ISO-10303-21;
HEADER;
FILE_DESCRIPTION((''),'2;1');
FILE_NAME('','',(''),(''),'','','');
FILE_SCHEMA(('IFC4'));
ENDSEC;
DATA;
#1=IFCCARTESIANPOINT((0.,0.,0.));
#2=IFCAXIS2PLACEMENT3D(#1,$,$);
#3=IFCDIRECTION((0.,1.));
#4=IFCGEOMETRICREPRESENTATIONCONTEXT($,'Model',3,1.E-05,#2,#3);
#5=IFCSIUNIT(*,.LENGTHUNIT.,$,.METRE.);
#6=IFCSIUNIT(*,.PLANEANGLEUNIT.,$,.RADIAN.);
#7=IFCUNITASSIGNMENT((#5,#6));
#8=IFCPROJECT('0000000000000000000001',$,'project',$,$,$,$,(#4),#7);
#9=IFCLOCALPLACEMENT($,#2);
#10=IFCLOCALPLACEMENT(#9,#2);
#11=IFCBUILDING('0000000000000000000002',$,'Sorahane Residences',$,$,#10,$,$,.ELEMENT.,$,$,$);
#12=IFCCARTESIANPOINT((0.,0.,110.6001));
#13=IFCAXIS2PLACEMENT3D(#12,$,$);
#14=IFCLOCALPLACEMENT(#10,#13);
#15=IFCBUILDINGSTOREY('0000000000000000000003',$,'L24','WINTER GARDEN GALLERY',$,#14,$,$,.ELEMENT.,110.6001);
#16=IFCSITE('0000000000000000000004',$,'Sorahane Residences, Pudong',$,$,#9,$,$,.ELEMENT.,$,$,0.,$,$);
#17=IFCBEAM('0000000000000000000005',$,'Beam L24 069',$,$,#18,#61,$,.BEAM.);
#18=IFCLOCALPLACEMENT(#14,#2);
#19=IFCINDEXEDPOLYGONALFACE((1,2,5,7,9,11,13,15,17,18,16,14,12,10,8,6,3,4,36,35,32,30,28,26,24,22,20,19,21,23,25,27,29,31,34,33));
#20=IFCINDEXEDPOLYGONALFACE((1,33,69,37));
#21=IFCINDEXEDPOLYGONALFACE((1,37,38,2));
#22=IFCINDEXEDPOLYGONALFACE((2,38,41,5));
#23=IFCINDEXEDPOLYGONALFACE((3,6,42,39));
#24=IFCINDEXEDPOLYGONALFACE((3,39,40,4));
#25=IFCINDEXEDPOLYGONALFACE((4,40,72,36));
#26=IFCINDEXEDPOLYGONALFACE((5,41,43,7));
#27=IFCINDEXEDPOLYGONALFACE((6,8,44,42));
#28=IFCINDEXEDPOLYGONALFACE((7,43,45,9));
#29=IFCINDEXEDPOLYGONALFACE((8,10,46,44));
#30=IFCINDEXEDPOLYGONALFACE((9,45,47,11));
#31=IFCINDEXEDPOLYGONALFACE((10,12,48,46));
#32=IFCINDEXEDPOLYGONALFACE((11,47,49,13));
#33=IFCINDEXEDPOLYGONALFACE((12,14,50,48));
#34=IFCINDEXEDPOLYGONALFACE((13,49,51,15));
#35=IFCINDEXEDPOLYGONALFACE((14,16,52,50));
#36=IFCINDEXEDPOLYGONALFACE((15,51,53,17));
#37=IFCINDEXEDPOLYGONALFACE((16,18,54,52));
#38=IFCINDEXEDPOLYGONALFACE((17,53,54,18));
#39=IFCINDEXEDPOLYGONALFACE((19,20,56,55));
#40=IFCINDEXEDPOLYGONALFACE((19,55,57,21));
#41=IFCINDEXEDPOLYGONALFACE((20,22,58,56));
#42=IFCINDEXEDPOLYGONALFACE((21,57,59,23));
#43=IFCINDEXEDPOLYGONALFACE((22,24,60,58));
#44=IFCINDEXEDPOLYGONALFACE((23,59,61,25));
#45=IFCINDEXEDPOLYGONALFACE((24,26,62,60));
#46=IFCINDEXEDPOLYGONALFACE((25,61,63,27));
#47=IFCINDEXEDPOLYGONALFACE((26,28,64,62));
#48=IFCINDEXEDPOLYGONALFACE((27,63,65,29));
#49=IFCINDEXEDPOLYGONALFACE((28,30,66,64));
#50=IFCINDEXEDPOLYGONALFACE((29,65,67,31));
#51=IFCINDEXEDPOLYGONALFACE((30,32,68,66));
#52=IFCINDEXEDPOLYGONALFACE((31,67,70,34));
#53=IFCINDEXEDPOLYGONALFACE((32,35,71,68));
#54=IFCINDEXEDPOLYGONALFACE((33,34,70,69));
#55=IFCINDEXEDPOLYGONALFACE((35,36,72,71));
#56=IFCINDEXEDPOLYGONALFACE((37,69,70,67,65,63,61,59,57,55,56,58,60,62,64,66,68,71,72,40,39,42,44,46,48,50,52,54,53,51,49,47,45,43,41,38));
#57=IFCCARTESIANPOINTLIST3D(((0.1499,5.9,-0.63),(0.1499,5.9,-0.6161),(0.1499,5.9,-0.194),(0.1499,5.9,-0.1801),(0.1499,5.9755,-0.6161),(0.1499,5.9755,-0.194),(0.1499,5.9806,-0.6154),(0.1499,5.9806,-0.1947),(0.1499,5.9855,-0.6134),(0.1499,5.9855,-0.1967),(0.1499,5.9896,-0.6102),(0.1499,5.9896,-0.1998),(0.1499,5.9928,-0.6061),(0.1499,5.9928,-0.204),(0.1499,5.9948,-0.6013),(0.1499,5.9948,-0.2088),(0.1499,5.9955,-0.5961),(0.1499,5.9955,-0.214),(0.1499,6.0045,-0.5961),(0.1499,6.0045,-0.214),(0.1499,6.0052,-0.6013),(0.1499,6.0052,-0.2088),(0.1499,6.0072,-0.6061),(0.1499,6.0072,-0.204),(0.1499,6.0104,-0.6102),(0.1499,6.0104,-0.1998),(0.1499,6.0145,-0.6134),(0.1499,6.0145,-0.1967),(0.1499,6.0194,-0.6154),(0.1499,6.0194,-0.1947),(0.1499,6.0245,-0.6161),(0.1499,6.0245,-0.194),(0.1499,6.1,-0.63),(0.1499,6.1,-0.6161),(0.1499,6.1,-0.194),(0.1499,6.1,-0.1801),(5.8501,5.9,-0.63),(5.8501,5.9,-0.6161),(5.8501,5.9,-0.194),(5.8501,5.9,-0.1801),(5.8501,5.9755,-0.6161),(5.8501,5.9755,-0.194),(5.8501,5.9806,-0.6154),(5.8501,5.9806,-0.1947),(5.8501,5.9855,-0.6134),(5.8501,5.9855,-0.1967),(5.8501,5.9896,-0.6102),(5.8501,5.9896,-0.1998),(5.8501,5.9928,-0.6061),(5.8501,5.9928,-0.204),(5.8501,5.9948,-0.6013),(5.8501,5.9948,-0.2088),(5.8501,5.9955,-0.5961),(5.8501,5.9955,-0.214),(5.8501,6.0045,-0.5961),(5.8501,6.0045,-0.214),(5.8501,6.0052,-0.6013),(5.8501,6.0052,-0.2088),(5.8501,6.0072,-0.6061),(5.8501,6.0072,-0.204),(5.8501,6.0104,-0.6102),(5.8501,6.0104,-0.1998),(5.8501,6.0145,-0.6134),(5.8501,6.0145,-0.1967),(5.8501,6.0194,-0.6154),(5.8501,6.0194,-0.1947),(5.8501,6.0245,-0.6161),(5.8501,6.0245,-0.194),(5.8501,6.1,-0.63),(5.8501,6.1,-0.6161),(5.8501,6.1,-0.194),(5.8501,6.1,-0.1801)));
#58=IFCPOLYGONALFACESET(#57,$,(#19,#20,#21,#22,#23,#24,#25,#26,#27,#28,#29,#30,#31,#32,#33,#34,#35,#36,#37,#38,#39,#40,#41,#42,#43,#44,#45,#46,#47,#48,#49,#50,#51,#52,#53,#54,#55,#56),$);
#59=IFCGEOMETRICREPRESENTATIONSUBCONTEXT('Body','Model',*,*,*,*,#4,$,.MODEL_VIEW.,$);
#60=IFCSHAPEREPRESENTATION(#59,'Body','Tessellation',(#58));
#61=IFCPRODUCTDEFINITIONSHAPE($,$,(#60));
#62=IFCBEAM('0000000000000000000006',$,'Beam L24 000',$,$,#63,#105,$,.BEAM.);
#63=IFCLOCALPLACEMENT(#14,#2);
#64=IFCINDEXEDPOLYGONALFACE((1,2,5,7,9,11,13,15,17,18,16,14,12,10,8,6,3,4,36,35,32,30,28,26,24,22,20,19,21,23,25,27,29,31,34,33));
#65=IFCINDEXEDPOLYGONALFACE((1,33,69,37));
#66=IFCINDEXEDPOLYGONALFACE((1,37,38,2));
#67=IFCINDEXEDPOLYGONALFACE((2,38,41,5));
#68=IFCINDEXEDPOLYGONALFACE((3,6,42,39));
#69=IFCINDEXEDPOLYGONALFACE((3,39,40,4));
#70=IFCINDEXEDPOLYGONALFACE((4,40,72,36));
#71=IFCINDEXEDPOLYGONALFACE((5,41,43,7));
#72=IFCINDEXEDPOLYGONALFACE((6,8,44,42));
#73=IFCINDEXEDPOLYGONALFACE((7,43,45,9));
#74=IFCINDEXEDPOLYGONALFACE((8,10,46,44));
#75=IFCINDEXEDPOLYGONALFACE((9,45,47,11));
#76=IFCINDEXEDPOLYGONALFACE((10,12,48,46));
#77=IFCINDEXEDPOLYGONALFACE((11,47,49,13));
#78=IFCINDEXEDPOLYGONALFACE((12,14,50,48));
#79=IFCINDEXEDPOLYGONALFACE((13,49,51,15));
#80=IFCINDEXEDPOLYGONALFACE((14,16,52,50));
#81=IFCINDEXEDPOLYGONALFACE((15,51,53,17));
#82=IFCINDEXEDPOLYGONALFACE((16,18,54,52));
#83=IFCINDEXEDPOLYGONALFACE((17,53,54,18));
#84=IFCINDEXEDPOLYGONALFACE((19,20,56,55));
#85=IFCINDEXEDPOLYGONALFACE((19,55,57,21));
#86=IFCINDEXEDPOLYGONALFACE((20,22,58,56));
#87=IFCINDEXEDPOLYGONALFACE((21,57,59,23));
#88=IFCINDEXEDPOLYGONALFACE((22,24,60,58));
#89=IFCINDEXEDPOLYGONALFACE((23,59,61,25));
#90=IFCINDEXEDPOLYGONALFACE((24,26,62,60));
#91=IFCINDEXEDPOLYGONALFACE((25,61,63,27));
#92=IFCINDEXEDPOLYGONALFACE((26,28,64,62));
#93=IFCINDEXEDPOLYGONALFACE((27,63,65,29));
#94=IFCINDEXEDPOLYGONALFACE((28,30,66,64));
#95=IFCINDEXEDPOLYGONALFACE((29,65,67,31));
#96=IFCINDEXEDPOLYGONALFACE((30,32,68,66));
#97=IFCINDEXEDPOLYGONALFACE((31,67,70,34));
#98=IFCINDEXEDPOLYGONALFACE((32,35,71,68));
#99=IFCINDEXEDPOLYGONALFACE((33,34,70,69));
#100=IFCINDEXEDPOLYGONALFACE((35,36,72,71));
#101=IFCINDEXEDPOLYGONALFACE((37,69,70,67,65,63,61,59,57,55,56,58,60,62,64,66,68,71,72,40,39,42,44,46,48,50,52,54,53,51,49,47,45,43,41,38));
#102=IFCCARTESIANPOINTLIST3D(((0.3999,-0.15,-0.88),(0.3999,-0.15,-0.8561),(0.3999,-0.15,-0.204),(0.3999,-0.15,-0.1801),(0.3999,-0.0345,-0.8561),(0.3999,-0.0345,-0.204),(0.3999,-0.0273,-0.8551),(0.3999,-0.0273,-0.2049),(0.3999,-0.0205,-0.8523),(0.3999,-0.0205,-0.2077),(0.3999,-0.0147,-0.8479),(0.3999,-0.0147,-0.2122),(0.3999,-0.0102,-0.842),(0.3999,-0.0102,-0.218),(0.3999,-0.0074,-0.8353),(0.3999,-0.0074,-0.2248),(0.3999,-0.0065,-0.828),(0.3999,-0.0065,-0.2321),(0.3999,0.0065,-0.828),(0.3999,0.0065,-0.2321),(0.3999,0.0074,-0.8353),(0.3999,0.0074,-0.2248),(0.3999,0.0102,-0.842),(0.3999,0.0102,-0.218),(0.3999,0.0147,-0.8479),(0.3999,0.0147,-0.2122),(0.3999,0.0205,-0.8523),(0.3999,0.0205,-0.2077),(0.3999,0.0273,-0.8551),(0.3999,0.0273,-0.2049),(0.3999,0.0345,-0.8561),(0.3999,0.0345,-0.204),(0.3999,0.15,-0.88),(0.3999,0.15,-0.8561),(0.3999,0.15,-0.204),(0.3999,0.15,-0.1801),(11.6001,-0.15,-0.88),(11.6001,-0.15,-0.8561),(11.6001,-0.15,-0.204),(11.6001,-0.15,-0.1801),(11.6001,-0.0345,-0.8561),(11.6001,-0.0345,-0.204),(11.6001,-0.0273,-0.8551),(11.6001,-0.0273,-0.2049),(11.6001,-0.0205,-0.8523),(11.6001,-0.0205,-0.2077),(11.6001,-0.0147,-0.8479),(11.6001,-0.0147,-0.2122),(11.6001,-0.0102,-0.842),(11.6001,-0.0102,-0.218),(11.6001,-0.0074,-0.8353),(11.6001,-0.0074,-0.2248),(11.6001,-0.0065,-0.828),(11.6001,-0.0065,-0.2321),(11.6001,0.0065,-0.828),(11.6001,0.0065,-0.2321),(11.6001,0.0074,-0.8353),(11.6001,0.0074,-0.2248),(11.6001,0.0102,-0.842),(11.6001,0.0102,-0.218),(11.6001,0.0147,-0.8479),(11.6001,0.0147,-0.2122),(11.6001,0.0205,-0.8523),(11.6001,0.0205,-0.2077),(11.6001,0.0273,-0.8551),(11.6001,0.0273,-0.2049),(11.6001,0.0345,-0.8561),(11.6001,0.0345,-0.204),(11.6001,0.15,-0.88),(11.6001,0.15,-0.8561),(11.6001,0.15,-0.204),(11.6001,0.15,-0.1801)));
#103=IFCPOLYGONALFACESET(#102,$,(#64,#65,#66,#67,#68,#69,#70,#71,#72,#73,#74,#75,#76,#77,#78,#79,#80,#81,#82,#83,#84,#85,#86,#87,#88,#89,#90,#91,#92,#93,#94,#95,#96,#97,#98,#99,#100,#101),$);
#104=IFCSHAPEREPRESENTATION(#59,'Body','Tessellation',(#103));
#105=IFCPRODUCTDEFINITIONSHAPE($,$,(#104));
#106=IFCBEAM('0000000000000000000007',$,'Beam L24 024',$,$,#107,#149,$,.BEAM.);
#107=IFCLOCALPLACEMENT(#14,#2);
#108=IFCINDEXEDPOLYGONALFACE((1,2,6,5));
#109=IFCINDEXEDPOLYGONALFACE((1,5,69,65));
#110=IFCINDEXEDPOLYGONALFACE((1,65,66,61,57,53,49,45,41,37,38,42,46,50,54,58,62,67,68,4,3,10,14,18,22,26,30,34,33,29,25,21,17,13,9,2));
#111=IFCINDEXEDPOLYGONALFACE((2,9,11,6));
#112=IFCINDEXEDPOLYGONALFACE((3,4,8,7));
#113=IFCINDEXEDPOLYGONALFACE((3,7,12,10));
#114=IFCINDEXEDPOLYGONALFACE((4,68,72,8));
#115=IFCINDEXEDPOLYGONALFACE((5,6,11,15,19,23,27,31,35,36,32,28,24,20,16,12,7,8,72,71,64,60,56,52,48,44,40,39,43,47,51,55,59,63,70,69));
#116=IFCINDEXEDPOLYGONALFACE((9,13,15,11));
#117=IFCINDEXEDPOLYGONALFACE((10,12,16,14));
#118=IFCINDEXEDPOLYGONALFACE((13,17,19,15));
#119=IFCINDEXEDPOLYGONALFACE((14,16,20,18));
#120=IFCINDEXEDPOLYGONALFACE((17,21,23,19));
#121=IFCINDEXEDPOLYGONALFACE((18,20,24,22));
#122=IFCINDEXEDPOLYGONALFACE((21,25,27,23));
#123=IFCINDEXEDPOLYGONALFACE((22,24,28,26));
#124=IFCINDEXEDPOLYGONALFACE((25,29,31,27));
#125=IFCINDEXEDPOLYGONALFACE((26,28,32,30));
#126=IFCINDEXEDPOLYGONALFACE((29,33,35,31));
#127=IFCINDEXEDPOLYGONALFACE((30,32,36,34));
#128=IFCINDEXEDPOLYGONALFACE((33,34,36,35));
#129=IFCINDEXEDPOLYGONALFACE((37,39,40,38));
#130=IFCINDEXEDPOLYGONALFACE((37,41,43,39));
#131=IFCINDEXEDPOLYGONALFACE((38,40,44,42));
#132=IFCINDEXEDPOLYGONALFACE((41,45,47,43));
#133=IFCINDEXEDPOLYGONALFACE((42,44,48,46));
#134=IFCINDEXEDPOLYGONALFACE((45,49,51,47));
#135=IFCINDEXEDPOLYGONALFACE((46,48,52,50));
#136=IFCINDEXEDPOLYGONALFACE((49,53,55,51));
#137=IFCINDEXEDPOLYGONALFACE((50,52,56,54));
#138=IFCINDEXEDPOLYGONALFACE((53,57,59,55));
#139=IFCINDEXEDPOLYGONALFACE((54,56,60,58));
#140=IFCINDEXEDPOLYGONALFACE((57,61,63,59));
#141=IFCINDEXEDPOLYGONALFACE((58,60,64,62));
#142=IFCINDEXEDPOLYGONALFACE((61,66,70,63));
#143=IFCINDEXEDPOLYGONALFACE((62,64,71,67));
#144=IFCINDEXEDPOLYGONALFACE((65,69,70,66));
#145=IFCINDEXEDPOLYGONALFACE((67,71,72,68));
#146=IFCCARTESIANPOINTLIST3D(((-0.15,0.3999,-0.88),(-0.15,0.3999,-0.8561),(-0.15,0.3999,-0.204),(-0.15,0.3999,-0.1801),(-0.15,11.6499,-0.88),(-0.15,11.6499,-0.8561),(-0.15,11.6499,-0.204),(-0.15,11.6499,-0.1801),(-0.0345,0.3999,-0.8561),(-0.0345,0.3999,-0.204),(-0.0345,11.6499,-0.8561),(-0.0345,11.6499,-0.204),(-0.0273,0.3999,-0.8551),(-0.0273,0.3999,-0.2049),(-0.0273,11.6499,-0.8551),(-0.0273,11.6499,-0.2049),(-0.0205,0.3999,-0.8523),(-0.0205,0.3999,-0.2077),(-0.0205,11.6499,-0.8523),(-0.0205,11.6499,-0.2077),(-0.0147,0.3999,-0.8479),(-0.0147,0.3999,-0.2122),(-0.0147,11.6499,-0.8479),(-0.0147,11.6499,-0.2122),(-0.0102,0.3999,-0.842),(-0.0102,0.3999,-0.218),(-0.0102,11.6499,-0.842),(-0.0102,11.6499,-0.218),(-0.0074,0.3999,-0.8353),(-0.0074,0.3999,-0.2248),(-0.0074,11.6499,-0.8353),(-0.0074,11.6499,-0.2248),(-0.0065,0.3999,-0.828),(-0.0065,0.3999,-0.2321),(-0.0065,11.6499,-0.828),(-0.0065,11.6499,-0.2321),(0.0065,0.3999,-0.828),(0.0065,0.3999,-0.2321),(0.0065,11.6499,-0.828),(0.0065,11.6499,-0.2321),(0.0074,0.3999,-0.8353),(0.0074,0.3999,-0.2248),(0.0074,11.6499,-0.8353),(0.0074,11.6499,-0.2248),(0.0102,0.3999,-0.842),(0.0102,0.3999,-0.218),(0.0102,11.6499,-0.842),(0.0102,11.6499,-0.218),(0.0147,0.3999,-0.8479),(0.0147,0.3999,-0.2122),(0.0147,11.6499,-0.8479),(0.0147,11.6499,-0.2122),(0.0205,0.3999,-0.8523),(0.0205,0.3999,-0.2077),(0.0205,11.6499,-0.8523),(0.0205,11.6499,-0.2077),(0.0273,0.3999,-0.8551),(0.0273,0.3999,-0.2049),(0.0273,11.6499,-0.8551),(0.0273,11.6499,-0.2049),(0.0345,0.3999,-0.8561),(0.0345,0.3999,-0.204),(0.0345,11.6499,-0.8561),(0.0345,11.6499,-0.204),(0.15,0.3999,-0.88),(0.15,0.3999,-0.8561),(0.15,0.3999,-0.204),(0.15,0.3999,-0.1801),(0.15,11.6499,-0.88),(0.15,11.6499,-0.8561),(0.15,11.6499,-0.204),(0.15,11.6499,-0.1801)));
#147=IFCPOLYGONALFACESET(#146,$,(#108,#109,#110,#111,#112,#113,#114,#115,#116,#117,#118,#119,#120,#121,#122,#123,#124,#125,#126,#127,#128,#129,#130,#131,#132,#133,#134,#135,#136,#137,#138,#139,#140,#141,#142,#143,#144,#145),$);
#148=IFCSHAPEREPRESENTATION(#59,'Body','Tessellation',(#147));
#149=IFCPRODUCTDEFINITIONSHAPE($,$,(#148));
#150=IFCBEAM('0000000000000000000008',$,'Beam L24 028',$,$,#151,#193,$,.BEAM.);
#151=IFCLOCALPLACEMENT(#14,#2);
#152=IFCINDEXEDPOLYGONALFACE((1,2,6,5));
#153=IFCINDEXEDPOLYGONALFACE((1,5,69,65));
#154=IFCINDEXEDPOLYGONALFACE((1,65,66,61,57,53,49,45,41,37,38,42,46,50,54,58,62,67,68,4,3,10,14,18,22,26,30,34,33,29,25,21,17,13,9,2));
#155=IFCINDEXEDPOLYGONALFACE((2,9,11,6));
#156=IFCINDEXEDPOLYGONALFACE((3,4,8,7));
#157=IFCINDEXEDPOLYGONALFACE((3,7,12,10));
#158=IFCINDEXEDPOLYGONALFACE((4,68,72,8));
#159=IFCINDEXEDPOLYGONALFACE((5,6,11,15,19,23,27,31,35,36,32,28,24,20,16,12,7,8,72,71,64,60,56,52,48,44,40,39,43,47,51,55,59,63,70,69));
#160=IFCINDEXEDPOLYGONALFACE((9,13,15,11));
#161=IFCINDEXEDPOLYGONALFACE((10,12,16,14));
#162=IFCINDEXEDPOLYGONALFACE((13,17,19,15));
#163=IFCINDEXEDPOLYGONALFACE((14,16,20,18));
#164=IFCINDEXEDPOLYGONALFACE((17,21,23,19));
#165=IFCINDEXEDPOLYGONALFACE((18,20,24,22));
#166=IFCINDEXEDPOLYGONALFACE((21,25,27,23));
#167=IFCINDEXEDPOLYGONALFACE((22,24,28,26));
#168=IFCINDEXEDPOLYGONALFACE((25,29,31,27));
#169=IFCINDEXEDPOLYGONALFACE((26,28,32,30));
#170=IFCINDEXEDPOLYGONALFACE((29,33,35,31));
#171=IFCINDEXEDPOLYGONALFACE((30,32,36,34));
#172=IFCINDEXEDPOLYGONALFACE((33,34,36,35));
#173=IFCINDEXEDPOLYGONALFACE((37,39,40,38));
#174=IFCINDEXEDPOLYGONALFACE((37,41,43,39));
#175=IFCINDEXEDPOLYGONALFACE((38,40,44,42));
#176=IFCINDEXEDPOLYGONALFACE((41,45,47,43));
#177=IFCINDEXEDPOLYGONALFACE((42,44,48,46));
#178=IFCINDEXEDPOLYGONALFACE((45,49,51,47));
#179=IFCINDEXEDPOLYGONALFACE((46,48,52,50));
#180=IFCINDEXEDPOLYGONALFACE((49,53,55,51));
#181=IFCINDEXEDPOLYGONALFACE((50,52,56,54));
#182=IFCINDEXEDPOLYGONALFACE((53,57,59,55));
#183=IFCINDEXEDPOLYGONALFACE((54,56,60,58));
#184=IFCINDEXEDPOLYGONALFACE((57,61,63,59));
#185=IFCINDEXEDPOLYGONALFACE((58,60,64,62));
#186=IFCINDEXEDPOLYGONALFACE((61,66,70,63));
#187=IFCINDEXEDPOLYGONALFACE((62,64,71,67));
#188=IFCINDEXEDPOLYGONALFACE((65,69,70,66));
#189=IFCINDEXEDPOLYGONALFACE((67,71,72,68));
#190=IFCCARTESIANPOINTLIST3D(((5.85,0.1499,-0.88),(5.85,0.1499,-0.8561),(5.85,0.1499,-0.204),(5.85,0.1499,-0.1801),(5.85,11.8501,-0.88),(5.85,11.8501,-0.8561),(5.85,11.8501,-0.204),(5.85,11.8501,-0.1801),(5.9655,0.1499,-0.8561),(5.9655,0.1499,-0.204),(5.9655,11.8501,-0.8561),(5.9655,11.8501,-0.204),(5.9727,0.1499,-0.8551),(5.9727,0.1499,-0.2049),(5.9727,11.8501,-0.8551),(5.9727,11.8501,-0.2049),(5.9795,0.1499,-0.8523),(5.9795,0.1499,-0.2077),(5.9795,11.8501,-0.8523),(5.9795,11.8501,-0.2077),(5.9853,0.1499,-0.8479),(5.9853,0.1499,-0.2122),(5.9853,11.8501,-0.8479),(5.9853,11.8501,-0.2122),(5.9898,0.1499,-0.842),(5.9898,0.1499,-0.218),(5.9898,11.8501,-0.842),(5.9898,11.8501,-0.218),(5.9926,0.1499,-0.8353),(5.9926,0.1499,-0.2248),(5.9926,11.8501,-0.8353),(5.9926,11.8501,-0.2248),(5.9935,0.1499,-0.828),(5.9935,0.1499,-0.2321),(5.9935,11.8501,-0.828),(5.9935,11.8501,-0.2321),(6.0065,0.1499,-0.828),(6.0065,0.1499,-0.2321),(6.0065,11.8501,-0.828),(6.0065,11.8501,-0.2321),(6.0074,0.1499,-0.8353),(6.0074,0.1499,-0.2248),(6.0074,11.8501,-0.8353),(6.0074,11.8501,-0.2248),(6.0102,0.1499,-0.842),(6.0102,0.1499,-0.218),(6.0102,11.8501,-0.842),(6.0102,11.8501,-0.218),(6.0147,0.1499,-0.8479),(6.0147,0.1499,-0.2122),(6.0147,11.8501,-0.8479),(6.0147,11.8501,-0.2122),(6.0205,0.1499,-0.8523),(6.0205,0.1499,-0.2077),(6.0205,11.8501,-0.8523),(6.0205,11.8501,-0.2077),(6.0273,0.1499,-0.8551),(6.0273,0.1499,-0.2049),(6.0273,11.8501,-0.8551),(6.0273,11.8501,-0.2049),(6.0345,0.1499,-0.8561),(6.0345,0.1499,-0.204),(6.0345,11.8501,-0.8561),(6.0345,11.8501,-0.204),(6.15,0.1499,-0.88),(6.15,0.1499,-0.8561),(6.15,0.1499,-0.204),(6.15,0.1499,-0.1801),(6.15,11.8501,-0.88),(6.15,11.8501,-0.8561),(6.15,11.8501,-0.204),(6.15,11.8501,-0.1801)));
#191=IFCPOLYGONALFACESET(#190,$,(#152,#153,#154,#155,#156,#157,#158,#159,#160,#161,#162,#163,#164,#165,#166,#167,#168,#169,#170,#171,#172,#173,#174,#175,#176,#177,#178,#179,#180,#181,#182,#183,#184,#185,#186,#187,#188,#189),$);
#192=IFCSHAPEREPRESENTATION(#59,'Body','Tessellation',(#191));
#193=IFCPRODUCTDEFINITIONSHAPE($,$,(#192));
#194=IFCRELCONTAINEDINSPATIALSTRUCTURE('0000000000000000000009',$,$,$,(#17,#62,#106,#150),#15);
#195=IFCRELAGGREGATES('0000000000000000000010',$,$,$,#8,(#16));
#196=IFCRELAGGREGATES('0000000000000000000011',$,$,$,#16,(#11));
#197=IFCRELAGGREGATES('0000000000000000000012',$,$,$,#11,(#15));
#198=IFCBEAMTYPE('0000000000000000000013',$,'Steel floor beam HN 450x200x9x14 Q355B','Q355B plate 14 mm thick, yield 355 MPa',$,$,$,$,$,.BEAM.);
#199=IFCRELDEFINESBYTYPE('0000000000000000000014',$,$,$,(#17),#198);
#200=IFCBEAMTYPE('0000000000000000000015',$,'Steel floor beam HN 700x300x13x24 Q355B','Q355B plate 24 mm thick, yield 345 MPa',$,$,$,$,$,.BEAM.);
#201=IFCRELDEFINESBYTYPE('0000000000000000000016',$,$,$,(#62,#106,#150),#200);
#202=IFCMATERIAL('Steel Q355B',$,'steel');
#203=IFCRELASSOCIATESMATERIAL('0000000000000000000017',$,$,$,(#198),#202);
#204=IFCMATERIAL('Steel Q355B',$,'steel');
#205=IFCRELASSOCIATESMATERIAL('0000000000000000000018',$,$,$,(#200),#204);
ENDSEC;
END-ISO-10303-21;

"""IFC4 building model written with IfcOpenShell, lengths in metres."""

from ifc_helpers import new_model, si_unit, direction, frame, origin, origin_2d, place, context, subcontext, project, spatial, i_section, extrude, material, material_profile, profile_set, type_object, element, save


model = new_model("IFC4")

# Units and contexts
model_context = context("Model", 3, precision=1e-05, world=origin(), true_north=direction((0.0, 1.0)))
body_context = subcontext(model_context, "Body", "Model", "MODEL_VIEW")
ifc_project = project(units=[si_unit("LENGTHUNIT", "METRE"), si_unit("PLANEANGLEUNIT", "RADIAN")], contexts=[model_context])

# Site, building, storey
site_placement = place(None, origin())
site = spatial("IfcSite", under=ifc_project, at=site_placement, Name="Sorahane Residences, Pudong", CompositionType="ELEMENT", RefElevation=0.0)
building_placement = place(site_placement, origin())
building = spatial("IfcBuilding", under=site, at=building_placement, Name="Sorahane Residences", CompositionType="ELEMENT")
storey_placement = place(building_placement, frame((0.0, 0.0, 110.6001)))
storey = spatial("IfcBuildingStorey", under=building, at=storey_placement, Name="L24", Description="WINTER GARDEN GALLERY", CompositionType="ELEMENT", Elevation=110.6001)

# Beams
ifc_material_1 = material(Name="Steel Q355B", Category="steel")
ifc_material_profile_1 = material_profile(ifc_material_1, i_section(OverallWidth=0.2, OverallDepth=0.45, WebThickness=0.009, FlangeThickness=0.0139, FilletRadius=0.02, at=origin_2d()), Name="HN 450x200x9x14")
ifc_profile_set_1 = profile_set([ifc_material_profile_1], Name="Steel Q355B")
beam_type_1 = type_object("IfcBeamType", Name="Steel floor beam HN 450x200x9x14 Q355B", Description="Q355B plate 14 mm thick, yield 355 MPa", PredefinedType="BEAM", material=ifc_profile_set_1)
beam_1_placement = place(storey_placement, frame((0.1499, 6.0, -0.405), z_axis=(1.0, 0.0, 0.0), x_axis=(0.0, 1.0, 0.0)))
element("IfcBeam", 1, at=beam_1_placement, inside=storey, type_object=beam_type_1, Name="Beam L24 069", PredefinedType="BEAM", context=body_context, shape_type="SweptSolid", body=[
    extrude(i_section(OverallWidth=0.2, OverallDepth=0.45, WebThickness=0.009, FlangeThickness=0.0139, FilletRadius=0.02, at=origin_2d()), origin(), (0.0, 0.0, 1.0), 5.7002),
])
ifc_material_2 = material(Name="Steel Q355B", Category="steel")
ifc_material_profile_2 = material_profile(ifc_material_2, i_section(OverallWidth=0.3, OverallDepth=0.7, WebThickness=0.0129, FlangeThickness=0.0239, FilletRadius=0.0281, at=origin_2d()), Name="HN 700x300x13x24")
ifc_profile_set_2 = profile_set([ifc_material_profile_2], Name="Steel Q355B")
beam_type_2 = type_object("IfcBeamType", Name="Steel floor beam HN 700x300x13x24 Q355B", Description="Q355B plate 24 mm thick, yield 345 MPa", PredefinedType="BEAM", material=ifc_profile_set_2)
beam_2_placement = place(storey_placement, frame((0.3999, 0.0, -0.53), z_axis=(1.0, 0.0, 0.0), x_axis=(0.0, 1.0, 0.0)))
element("IfcBeam", 2, at=beam_2_placement, inside=storey, type_object=beam_type_2, Name="Beam L24 000", PredefinedType="BEAM", context=body_context, shape_type="SweptSolid", body=[
    extrude(i_section(OverallWidth=0.3, OverallDepth=0.7, WebThickness=0.0129, FlangeThickness=0.0239, FilletRadius=0.0281, at=origin_2d()), origin(), (0.0, 0.0, 1.0), 11.2002),
])
beam_3_placement = place(storey_placement, frame((0.0, 0.3999, -0.53), z_axis=(0.0, 1.0, 0.0), x_axis=(-1.0, 0.0, 0.0)))
element("IfcBeam", 3, at=beam_3_placement, inside=storey, type_object=beam_type_2, Name="Beam L24 024", PredefinedType="BEAM", context=body_context, shape_type="SweptSolid", body=[
    extrude(i_section(OverallWidth=0.3, OverallDepth=0.7, WebThickness=0.0129, FlangeThickness=0.0239, FilletRadius=0.0281, at=origin_2d()), origin(), (0.0, 0.0, 1.0), 11.25),
])
beam_4_placement = place(storey_placement, frame((6.0, 0.1499, -0.53), z_axis=(0.0, 1.0, 0.0), x_axis=(-1.0, 0.0, 0.0)))
element("IfcBeam", 4, at=beam_4_placement, inside=storey, type_object=beam_type_2, Name="Beam L24 028", PredefinedType="BEAM", context=body_context, shape_type="SweptSolid", body=[
    extrude(i_section(OverallWidth=0.3, OverallDepth=0.7, WebThickness=0.0129, FlangeThickness=0.0239, FilletRadius=0.0281, at=origin_2d()), origin(), (0.0, 0.0, 1.0), 11.7002),
])

save(model, "model.ifc")
